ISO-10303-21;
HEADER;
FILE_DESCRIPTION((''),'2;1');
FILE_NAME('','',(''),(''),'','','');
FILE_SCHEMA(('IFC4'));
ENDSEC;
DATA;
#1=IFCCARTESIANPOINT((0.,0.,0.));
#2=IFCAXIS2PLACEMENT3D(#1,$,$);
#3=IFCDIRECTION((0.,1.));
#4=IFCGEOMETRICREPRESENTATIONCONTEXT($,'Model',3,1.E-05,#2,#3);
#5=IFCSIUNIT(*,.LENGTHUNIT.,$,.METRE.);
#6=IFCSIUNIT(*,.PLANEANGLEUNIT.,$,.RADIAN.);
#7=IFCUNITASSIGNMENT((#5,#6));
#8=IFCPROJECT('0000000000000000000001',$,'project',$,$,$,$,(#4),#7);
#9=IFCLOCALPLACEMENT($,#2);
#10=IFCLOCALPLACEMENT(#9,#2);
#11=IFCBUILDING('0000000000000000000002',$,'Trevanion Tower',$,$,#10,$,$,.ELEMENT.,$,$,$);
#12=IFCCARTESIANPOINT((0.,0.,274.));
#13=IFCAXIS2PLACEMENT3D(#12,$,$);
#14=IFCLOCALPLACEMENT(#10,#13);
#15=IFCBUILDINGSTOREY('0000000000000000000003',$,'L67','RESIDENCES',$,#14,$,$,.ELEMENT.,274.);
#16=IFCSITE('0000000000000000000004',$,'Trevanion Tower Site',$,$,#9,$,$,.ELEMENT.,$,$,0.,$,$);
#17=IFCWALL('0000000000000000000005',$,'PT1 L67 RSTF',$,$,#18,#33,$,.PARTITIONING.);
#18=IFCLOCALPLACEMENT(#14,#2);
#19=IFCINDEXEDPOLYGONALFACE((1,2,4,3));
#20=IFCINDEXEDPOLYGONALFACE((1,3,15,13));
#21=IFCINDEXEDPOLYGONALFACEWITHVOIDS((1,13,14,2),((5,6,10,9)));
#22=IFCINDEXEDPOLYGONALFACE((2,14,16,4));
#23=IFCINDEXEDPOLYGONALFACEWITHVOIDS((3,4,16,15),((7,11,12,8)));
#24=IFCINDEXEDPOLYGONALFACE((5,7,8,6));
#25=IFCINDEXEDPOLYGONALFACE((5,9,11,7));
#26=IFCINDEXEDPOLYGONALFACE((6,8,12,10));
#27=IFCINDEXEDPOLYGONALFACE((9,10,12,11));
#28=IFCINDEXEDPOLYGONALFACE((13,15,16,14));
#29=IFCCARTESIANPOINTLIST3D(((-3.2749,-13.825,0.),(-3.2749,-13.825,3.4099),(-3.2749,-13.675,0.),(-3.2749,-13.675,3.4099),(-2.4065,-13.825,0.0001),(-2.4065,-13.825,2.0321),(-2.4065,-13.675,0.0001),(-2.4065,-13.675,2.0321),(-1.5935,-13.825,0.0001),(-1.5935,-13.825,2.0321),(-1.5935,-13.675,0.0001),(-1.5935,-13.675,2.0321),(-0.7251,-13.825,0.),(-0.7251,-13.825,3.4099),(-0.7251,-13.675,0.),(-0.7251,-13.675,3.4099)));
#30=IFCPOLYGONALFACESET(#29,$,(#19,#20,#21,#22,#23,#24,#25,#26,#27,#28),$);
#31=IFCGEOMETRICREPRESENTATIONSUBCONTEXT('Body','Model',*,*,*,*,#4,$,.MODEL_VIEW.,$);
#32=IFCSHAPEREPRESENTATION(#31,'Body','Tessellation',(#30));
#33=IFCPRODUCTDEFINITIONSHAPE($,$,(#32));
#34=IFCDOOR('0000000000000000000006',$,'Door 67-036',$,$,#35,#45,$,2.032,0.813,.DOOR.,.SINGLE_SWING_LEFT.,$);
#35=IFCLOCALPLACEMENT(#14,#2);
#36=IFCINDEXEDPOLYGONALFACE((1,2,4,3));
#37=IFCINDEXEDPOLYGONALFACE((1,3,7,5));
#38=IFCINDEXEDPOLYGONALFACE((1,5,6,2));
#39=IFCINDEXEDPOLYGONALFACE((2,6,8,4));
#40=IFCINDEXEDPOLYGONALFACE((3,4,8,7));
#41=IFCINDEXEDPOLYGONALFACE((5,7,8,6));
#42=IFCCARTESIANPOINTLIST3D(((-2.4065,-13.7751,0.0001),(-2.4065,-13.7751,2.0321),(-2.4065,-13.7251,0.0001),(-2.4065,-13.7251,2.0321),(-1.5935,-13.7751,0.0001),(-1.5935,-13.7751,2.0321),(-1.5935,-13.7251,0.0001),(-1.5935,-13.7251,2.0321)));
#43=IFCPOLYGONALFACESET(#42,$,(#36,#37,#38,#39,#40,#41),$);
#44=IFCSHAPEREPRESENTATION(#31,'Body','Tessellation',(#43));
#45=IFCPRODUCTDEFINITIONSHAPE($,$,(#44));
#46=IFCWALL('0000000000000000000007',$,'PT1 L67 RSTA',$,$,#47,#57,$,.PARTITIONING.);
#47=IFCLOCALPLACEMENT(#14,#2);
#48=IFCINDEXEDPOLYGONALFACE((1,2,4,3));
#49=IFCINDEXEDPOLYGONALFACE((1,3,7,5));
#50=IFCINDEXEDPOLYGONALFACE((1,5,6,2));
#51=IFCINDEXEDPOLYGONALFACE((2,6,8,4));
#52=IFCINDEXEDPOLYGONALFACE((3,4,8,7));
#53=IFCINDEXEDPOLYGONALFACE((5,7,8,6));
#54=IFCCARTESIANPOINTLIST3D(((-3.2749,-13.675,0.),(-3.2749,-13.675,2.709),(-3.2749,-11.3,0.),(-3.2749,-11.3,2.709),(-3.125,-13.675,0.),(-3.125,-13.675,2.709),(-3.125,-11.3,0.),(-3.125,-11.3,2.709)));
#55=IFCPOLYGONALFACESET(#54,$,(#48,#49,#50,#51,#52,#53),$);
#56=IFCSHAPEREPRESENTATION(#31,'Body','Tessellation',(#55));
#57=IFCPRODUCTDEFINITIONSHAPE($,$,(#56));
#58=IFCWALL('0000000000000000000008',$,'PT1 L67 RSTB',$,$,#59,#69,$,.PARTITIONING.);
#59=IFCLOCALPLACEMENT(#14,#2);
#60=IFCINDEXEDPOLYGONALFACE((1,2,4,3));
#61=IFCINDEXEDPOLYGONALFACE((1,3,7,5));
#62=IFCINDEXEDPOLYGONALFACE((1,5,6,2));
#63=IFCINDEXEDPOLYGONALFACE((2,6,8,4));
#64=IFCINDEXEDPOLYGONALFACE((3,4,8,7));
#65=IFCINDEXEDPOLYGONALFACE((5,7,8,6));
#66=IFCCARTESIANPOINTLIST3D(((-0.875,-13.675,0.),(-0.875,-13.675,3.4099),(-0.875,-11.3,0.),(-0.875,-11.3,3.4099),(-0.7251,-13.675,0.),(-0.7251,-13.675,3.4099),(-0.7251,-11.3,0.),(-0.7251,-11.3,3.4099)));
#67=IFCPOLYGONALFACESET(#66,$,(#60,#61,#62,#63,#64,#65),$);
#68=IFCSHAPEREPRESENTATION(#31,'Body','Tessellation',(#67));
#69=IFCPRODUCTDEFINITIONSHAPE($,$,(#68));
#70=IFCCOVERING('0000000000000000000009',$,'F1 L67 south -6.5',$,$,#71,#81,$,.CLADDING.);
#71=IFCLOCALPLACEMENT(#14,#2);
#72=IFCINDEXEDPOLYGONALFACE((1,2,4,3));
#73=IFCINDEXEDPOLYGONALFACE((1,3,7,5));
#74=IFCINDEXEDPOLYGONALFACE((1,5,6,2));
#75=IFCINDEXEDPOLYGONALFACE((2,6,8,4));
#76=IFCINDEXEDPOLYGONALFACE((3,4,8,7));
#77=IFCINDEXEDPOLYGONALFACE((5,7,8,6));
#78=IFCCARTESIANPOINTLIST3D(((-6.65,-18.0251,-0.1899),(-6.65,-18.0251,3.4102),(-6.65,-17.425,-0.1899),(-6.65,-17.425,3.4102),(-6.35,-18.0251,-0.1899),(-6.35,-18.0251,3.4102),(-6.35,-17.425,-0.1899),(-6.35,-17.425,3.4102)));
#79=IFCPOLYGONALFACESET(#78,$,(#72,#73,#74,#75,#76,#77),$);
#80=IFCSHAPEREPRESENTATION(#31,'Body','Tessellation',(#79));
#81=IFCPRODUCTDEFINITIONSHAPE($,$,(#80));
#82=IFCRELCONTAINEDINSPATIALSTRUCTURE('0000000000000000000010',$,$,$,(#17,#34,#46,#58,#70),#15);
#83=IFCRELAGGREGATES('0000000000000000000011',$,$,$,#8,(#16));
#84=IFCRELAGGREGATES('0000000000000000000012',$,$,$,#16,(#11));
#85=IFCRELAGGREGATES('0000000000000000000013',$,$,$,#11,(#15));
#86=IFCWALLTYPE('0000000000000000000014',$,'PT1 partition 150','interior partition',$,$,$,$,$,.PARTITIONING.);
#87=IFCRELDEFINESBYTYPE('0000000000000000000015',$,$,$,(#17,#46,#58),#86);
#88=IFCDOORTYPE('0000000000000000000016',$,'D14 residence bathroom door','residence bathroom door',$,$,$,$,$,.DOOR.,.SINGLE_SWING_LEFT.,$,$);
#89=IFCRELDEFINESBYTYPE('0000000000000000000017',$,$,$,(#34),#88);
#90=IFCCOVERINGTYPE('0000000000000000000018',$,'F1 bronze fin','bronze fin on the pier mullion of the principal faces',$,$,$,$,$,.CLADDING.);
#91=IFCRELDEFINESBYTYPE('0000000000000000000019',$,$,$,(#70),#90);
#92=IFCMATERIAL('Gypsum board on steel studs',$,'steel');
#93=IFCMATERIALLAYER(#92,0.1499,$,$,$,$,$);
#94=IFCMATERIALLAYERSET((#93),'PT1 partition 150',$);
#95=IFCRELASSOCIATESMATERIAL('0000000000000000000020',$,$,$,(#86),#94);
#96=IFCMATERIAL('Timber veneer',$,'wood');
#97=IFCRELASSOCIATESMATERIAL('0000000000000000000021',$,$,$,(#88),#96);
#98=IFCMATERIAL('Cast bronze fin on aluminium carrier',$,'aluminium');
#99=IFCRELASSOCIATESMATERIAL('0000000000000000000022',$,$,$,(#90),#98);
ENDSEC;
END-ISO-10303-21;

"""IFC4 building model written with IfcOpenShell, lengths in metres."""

from ifc_helpers import new_model, si_unit, direction, frame, frame_2d, origin, origin_2d, place, context, subcontext, project, spatial, rectangle, extrude, material, layer, layer_set, type_object, element, fill, save


model = new_model("IFC4")

# Units and contexts
model_context = context("Model", 3, precision=1e-05, world=origin(), true_north=direction((0.0, 1.0)))
body_context = subcontext(model_context, "Body", "Model", "MODEL_VIEW")
ifc_project = project(units=[si_unit("LENGTHUNIT", "METRE"), si_unit("PLANEANGLEUNIT", "RADIAN")], contexts=[model_context])

# Site, building, storey
site_placement = place(None, origin())
site = spatial("IfcSite", under=ifc_project, at=site_placement, Name="Trevanion Tower Site", CompositionType="ELEMENT", RefElevation=0.0)
building_placement = place(site_placement, origin())
building = spatial("IfcBuilding", under=site, at=building_placement, Name="Trevanion Tower", CompositionType="ELEMENT")
storey_placement = place(building_placement, frame((0.0, 0.0, 274.0)))
storey = spatial("IfcBuildingStorey", under=building, at=storey_placement, Name="L67", Description="RESIDENCES", CompositionType="ELEMENT", Elevation=274.0)

# Wall, opening, door
ifc_material_1 = material(Name="Gypsum board on steel studs", Category="steel")
ifc_layer_1 = layer(ifc_material_1, 0.1499)
ifc_layer_set_1 = layer_set([ifc_layer_1], Name="PT1 partition 150")
wall_type_1 = type_object("IfcWallType", Name="PT1 partition 150", Description="interior partition", PredefinedType="PARTITIONING", material=ifc_layer_set_1)
wall_1_placement = place(storey_placement, frame((-3.2749, -13.75, 0.0), z_axis=(0.0, 0.0, 1.0), x_axis=(1.0, 0.0, 0.0)))
wall_1 = element("IfcWall", 1, at=wall_1_placement, inside=storey, type_object=wall_type_1, Name="PT1 L67 RSTF", PredefinedType="PARTITIONING", context=body_context, shape_type="SweptSolid", body=[
    extrude(rectangle(XDim=2.5498, YDim=0.1499, at=frame_2d((1.2749, 0.0))), origin(), (0.0, 0.0, 1.0), 3.4099),
])
opening_1_placement = place(wall_1_placement, frame((0.8684, 0.0, 0.0)))
opening_1 = element("IfcOpeningElement", 2, at=opening_1_placement, cuts=wall_1, PredefinedType="OPENING", context=body_context, shape_type="SweptSolid", body=[
    extrude(rectangle(XDim=0.813, YDim=2.032, at=frame_2d((0.4065, 1.0161))), frame((0.0, 0.085, 0.0), z_axis=(0.0, -1.0, 0.0), x_axis=(1.0, 0.0, 0.0)), (0.0, 0.0, 1.0), 0.1699),
])
ifc_material_2 = material(Name="Timber veneer", Category="wood")
door_type_1 = type_object("IfcDoorType", Name="D14 residence bathroom door", Description="residence bathroom door", OperationType="SINGLE_SWING_LEFT", PredefinedType="DOOR", material=ifc_material_2)
door_1_placement = place(opening_1_placement, origin())
door_1 = element("IfcDoor", 3, at=door_1_placement, inside=storey, type_object=door_type_1, Name="Door 67-036", OperationType="SINGLE_SWING_LEFT", OverallHeight=2.032, OverallWidth=0.813, PredefinedType="DOOR", context=body_context, shape_type="SweptSolid", body=[
    extrude(rectangle(XDim=0.813, YDim=2.032, at=frame_2d((0.4065, 1.0161))), frame((0.0, 0.0249, 0.0), z_axis=(0.0, -1.0, 0.0), x_axis=(1.0, 0.0, 0.0)), (0.0, 0.0, 1.0), 0.05),
])
fill(opening_1, door_1)

# Walls
wall_2_placement = place(storey_placement, frame((-3.2, -11.3, 0.0), z_axis=(0.0, 0.0, 1.0), x_axis=(0.0, -1.0, 0.0)))
element("IfcWall", 4, at=wall_2_placement, inside=storey, type_object=wall_type_1, Name="PT1 L67 RSTA", PredefinedType="PARTITIONING", context=body_context, shape_type="SweptSolid", body=[
    extrude(rectangle(XDim=2.375, YDim=0.1499, at=frame_2d((1.1875, 0.0))), origin(), (0.0, 0.0, 1.0), 2.709),
])
wall_3_placement = place(storey_placement, frame((-0.8, -11.3, 0.0), z_axis=(0.0, 0.0, 1.0), x_axis=(0.0, -1.0, 0.0)))
element("IfcWall", 5, at=wall_3_placement, inside=storey, type_object=wall_type_1, Name="PT1 L67 RSTB", PredefinedType="PARTITIONING", context=body_context, shape_type="SweptSolid", body=[
    extrude(rectangle(XDim=2.375, YDim=0.1499, at=frame_2d((1.1875, 0.0))), origin(), (0.0, 0.0, 1.0), 3.4099),
])

# Covering
ifc_material_3 = material(Name="Cast bronze fin on aluminium carrier", Category="aluminium")
covering_type = type_object("IfcCoveringType", Name="F1 bronze fin", Description="bronze fin on the pier mullion of the principal faces", PredefinedType="CLADDING", material=ifc_material_3)
covering_placement = place(storey_placement, frame((-6.5, -17.7251, -0.1899), z_axis=(0.0, 0.0, 1.0), x_axis=(1.0, 0.0, 0.0)))
element("IfcCovering", 6, at=covering_placement, inside=storey, type_object=covering_type, Name="F1 L67 south -6.5", PredefinedType="CLADDING", context=body_context, shape_type="SweptSolid", body=[
    extrude(rectangle(XDim=0.3, YDim=0.6001, at=origin_2d()), origin(), (0.0, 0.0, 1.0), 3.6001),
])

save(model, "model.ifc")
